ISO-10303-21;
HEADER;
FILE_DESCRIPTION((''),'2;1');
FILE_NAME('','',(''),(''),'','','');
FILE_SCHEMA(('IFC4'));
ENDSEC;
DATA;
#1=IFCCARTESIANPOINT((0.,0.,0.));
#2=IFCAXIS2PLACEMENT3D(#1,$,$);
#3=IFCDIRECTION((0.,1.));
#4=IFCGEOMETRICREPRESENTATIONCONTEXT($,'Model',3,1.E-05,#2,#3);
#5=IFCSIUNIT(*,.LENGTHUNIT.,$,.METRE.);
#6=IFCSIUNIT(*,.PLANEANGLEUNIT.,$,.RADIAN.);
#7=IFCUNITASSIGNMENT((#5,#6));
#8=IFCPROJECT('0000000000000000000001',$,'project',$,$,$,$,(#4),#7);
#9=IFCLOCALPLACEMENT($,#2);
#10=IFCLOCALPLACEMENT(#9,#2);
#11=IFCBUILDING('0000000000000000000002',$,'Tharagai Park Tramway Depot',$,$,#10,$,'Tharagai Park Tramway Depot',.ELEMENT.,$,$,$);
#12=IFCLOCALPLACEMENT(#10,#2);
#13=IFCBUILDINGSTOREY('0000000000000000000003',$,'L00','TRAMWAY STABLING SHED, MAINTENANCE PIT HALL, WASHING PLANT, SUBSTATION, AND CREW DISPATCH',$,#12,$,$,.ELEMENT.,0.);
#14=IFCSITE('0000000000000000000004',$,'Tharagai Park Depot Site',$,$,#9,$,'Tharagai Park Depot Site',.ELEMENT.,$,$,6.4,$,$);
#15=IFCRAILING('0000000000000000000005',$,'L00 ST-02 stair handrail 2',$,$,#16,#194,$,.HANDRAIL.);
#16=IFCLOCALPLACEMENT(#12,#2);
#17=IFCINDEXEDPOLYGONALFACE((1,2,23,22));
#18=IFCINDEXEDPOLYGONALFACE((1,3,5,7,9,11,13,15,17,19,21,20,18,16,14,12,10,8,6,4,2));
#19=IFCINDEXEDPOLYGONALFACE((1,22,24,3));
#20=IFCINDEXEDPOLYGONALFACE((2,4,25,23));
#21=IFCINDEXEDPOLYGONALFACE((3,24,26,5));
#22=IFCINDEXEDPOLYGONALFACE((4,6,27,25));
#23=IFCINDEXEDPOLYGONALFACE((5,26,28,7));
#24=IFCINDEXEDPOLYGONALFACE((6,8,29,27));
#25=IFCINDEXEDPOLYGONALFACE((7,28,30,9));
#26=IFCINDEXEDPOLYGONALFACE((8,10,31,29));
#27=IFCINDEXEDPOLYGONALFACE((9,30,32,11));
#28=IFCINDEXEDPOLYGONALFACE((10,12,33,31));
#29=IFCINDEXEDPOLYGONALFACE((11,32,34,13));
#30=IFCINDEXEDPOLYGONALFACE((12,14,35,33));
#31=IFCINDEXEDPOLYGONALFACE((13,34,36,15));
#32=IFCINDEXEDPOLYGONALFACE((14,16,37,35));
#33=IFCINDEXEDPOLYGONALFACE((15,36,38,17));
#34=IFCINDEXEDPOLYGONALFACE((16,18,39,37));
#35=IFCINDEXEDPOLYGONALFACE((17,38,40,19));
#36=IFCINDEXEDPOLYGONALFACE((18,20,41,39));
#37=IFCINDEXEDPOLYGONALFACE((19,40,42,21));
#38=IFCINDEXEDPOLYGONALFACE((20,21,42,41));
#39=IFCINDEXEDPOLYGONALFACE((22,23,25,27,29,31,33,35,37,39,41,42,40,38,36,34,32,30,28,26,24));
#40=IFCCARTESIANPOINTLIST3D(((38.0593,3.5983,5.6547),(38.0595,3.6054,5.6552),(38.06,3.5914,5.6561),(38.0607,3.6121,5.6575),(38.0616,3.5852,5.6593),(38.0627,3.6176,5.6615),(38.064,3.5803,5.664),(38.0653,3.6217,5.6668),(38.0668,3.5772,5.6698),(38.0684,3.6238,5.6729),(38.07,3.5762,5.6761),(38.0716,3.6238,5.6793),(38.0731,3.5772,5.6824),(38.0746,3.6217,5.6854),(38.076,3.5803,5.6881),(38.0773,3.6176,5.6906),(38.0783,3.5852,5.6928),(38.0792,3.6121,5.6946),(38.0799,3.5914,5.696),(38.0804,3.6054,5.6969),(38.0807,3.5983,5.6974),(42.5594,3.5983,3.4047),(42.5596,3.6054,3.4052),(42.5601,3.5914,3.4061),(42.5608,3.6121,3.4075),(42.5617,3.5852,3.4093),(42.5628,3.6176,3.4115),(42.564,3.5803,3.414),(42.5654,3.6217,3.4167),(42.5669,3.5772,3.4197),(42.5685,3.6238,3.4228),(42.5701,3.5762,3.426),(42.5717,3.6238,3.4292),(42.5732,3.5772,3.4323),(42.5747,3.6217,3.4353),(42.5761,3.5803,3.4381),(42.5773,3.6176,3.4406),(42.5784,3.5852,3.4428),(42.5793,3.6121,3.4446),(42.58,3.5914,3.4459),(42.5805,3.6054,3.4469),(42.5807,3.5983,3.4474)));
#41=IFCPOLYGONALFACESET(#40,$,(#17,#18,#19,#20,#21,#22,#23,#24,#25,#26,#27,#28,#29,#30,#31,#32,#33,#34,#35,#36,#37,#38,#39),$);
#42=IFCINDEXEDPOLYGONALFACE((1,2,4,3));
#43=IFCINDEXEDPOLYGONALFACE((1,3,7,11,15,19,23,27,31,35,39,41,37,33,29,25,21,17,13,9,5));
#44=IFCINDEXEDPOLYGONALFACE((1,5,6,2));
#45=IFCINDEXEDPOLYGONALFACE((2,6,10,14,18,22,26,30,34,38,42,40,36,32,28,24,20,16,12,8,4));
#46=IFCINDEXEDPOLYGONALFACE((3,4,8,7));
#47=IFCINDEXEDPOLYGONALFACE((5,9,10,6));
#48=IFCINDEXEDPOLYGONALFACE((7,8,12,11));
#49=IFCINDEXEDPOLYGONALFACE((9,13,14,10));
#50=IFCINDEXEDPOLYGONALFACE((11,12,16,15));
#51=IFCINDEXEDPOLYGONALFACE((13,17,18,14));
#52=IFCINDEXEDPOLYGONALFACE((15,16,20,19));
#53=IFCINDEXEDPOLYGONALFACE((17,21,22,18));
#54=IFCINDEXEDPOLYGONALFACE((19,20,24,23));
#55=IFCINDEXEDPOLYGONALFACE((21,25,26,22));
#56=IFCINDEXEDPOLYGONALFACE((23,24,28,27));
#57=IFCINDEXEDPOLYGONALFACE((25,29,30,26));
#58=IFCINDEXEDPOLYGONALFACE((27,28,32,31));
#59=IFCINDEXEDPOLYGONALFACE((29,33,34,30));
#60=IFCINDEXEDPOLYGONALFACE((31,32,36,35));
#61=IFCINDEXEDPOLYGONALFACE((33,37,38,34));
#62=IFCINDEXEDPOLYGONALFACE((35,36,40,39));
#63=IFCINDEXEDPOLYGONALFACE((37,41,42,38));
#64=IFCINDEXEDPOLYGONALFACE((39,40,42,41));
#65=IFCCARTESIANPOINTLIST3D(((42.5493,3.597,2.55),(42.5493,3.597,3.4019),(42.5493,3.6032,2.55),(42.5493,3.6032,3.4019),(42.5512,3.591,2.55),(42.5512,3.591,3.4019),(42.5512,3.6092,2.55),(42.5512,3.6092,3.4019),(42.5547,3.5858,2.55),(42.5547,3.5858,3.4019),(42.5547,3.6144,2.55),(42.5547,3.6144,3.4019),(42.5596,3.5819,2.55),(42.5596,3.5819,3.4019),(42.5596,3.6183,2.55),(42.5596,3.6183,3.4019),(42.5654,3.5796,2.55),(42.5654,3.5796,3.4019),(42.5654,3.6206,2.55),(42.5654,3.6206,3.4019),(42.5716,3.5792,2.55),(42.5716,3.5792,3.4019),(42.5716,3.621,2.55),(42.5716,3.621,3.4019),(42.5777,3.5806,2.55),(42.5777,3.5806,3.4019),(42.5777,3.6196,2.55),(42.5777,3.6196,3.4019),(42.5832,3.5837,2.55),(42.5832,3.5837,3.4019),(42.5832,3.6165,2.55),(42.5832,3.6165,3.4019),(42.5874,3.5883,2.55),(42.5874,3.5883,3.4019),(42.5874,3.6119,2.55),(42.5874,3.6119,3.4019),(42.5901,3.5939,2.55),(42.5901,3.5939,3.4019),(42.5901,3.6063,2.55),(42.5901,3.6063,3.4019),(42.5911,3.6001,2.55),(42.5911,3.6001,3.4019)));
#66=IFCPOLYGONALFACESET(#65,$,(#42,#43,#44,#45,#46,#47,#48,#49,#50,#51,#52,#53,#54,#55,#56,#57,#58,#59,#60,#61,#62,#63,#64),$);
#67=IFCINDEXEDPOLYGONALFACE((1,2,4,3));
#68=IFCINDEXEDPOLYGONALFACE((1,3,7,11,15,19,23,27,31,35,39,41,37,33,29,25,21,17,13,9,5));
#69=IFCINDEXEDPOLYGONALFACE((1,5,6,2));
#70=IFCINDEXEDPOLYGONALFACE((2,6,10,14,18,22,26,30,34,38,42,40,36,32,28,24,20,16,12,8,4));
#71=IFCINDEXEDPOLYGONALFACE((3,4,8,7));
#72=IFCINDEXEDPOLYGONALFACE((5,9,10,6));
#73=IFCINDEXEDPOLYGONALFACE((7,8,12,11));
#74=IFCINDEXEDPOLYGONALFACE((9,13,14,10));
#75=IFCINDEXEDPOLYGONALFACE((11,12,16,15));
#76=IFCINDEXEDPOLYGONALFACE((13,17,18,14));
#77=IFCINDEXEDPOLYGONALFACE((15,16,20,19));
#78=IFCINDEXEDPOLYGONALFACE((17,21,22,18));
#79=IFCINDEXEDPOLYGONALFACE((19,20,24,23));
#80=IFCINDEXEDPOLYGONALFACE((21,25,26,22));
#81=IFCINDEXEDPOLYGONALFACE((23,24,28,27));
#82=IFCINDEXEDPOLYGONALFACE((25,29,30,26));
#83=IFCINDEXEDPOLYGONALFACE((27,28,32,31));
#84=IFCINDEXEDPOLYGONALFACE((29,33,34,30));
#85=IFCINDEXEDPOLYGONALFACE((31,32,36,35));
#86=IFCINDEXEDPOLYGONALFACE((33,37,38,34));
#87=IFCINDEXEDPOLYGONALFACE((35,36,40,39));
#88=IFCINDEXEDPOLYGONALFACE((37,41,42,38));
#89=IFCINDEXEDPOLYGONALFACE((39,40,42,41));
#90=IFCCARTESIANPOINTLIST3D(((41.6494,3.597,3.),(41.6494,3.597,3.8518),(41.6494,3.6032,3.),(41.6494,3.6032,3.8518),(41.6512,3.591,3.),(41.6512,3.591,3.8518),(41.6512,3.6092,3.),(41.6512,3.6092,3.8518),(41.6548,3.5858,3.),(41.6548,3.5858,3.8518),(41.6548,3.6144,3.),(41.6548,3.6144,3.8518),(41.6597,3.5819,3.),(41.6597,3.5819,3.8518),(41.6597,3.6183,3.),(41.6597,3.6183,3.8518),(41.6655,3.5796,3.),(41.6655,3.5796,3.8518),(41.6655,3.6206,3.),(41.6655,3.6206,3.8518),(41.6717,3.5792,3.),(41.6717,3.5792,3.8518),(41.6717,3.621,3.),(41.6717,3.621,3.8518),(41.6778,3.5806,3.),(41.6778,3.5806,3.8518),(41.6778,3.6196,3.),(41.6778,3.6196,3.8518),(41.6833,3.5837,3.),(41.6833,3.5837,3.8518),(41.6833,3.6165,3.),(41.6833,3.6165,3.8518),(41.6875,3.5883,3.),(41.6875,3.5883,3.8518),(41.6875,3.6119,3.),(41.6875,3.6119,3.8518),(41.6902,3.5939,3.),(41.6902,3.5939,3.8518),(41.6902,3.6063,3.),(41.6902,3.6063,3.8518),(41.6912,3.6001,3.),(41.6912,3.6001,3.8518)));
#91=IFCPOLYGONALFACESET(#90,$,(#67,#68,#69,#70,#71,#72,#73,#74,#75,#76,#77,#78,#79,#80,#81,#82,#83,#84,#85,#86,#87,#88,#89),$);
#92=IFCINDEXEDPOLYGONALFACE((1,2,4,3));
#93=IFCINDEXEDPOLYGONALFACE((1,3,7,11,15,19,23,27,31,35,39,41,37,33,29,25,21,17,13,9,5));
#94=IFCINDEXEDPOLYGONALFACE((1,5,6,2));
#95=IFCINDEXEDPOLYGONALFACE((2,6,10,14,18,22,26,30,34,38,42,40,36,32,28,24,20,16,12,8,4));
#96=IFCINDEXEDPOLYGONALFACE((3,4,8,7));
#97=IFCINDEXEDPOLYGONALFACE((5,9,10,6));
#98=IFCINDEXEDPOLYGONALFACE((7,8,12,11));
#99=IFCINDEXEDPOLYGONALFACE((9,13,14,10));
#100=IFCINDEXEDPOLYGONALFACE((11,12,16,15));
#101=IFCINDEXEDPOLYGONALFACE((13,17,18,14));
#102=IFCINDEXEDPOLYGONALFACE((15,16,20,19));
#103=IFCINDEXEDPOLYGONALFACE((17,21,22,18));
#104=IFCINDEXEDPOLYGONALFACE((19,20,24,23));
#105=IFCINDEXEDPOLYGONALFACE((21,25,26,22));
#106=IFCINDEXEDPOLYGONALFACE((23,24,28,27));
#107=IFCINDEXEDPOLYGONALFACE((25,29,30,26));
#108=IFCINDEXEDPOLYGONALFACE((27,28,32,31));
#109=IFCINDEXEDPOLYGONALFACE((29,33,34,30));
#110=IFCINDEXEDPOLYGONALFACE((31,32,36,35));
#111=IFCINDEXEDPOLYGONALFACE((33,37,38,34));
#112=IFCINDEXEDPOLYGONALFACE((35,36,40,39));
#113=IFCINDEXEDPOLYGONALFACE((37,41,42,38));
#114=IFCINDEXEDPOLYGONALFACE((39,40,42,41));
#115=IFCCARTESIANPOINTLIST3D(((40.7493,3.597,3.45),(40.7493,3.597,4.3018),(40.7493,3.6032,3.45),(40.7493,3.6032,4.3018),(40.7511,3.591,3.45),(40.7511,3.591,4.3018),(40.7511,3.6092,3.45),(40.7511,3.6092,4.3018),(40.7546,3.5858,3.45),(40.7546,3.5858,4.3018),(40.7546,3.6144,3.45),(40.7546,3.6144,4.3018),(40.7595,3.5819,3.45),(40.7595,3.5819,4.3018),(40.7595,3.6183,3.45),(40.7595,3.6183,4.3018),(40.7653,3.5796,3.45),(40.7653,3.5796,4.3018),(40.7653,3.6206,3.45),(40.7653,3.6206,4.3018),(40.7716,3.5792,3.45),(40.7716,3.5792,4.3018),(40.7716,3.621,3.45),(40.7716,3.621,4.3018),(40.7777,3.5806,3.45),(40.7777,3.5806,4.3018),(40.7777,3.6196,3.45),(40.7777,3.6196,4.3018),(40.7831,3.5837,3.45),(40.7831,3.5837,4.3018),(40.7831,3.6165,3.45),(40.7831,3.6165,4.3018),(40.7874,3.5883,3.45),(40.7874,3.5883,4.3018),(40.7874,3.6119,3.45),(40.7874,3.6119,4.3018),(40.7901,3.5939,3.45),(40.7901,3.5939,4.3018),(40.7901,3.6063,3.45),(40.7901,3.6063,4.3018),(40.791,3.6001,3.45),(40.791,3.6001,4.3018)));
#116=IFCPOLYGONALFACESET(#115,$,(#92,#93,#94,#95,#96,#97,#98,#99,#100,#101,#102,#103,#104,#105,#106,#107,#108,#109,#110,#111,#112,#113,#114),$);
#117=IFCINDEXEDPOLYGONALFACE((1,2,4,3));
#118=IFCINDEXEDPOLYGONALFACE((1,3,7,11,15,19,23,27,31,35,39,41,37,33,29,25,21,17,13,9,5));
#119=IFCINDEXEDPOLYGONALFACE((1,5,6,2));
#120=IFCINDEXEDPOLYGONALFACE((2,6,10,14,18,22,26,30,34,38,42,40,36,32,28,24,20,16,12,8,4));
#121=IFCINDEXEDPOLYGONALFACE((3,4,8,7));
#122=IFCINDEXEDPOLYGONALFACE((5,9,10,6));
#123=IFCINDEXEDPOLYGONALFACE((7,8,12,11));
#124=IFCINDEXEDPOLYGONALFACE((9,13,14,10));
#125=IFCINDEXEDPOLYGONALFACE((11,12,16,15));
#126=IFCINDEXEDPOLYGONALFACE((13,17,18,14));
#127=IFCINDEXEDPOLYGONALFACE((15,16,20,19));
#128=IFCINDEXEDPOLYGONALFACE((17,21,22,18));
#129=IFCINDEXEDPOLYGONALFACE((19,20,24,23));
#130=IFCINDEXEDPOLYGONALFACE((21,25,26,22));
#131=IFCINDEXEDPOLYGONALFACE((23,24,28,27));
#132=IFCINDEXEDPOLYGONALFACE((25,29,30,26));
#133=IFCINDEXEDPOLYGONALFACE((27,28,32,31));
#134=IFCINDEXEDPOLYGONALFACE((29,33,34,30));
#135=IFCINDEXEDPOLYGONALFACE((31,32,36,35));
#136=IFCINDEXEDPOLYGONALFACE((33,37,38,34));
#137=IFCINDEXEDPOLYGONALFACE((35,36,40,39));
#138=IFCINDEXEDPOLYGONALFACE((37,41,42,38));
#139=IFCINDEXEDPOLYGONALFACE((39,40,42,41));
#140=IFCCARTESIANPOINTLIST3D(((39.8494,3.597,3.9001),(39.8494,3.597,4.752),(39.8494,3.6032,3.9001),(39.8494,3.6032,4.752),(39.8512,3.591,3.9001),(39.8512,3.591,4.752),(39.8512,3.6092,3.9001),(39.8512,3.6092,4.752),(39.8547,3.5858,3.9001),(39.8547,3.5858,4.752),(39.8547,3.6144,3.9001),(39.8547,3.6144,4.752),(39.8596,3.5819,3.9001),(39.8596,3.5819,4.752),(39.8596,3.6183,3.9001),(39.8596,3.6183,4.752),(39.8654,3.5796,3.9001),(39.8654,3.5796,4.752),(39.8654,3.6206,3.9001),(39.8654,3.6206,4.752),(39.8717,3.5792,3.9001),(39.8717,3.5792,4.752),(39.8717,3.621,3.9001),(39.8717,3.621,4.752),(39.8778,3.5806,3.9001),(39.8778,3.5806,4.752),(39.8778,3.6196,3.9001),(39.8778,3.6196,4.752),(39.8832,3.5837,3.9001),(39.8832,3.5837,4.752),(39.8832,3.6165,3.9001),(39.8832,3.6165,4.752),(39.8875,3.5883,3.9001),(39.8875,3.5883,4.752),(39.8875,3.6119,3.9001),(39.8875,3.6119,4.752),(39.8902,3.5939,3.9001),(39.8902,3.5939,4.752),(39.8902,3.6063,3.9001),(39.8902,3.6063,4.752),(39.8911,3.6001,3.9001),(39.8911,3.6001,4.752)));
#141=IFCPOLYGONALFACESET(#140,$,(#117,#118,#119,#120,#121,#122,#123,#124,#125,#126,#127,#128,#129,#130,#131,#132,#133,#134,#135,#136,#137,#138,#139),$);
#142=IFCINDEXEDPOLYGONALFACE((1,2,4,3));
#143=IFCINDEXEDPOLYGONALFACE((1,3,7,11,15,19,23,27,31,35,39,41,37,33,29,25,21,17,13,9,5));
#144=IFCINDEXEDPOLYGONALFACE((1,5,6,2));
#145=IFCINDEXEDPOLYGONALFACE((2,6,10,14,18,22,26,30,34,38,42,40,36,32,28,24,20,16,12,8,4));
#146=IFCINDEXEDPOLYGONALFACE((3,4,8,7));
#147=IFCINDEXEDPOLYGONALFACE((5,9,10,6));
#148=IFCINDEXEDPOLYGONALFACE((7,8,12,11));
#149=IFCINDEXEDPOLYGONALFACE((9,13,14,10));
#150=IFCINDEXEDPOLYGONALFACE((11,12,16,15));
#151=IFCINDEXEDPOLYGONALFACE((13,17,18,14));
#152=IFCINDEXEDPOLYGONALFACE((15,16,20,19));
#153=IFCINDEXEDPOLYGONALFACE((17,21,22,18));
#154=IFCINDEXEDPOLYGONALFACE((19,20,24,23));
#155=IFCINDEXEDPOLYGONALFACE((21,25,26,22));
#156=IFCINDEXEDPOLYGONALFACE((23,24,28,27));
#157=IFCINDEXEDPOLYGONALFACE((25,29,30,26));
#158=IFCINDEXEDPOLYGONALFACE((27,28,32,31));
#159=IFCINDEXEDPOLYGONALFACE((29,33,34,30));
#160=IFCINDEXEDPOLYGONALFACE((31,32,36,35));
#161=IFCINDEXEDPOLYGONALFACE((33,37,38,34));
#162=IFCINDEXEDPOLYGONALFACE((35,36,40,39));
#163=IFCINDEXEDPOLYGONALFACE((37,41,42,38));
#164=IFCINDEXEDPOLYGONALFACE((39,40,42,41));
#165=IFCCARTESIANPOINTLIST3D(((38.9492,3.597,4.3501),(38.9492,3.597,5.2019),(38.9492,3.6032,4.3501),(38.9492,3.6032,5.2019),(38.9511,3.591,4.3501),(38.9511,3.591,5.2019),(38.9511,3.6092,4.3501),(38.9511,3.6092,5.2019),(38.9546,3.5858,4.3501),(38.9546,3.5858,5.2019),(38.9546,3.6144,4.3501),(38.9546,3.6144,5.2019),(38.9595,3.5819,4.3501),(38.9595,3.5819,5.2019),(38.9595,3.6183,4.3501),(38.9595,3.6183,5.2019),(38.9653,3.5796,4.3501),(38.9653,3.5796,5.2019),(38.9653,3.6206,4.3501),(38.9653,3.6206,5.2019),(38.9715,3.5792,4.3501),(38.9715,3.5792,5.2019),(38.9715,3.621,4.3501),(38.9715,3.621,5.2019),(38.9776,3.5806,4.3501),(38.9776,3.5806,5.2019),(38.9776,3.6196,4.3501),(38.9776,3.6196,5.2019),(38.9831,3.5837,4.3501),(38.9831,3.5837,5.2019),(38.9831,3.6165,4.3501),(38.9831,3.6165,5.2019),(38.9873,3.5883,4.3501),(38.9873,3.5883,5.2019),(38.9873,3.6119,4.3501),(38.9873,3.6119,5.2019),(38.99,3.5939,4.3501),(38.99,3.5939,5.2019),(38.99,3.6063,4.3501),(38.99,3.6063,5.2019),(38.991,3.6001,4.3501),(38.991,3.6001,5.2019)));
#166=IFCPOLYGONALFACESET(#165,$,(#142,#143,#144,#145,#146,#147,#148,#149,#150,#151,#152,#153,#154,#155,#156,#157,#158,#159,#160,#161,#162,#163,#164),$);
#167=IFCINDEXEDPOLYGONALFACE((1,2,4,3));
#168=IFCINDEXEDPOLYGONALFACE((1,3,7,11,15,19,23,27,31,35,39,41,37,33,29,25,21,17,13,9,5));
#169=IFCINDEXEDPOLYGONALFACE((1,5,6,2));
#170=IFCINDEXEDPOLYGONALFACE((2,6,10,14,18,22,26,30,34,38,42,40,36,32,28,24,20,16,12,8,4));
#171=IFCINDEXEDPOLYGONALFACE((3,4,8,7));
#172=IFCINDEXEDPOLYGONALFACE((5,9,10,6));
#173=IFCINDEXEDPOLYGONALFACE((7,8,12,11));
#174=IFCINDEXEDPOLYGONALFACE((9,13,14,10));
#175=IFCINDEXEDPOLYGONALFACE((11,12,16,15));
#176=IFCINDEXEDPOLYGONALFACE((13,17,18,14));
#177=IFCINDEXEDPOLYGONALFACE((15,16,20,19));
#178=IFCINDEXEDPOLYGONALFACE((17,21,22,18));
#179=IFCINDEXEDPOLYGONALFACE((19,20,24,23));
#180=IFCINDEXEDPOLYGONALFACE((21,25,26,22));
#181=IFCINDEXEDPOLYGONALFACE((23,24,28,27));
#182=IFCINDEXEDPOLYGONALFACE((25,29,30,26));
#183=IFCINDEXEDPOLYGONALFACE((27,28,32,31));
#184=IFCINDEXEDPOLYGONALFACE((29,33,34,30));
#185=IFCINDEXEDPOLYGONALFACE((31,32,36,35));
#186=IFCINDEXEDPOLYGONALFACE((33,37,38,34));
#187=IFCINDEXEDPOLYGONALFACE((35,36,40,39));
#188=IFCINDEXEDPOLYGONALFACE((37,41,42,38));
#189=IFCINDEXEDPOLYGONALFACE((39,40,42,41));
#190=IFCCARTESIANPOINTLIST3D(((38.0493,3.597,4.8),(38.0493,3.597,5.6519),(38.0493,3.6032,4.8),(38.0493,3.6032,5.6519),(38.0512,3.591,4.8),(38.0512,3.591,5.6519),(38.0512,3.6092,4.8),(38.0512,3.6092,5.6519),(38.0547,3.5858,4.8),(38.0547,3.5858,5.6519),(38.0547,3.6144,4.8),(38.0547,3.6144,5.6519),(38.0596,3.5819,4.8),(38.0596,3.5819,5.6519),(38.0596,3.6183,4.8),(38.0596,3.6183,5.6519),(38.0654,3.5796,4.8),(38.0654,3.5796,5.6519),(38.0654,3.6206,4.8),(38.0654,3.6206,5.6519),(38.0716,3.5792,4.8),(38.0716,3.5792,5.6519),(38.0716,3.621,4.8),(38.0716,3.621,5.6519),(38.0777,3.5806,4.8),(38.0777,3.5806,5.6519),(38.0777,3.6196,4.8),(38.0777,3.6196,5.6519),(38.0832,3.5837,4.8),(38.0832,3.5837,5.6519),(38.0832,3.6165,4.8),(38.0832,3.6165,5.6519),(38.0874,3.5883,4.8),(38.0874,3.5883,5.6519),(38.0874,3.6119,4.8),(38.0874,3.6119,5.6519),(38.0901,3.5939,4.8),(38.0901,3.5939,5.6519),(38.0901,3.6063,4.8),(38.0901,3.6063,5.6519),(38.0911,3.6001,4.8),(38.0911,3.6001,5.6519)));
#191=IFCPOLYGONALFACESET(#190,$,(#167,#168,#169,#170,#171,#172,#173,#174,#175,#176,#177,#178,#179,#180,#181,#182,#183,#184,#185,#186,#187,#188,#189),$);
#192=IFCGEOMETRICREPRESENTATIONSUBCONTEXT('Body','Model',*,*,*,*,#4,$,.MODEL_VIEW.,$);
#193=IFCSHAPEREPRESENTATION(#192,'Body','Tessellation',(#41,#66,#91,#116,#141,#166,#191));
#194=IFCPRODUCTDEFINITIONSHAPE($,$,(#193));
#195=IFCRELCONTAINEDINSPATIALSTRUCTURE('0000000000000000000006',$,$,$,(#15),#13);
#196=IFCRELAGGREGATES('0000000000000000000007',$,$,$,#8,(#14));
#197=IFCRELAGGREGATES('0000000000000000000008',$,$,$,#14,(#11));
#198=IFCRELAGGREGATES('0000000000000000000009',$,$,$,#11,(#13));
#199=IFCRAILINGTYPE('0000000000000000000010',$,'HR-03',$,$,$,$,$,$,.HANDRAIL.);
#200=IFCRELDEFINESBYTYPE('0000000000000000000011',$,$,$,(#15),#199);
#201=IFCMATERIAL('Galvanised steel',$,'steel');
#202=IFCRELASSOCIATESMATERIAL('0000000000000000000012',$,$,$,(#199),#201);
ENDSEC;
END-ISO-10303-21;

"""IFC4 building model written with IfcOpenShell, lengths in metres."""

from ifc_helpers import new_model, si_unit, direction, frame, origin, origin_2d, place, context, subcontext, project, spatial, circle, extrude, material, type_object, element, save


model = new_model("IFC4")

# Units and contexts
model_context = context("Model", 3, precision=1e-05, world=origin(), true_north=direction((0.0, 1.0)))
body_context = subcontext(model_context, "Body", "Model", "MODEL_VIEW")
ifc_project = project(units=[si_unit("LENGTHUNIT", "METRE"), si_unit("PLANEANGLEUNIT", "RADIAN")], contexts=[model_context])

# Site, building, storey
site_placement = place(None, origin())
site = spatial("IfcSite", under=ifc_project, at=site_placement, Name="Tharagai Park Depot Site", LongName="Tharagai Park Depot Site", CompositionType="ELEMENT", RefElevation=6.4)
building_placement = place(site_placement, origin())
building = spatial("IfcBuilding", under=site, at=building_placement, Name="Tharagai Park Tramway Depot", LongName="Tharagai Park Tramway Depot", CompositionType="ELEMENT")
storey_placement = place(building_placement, origin())
storey = spatial("IfcBuildingStorey", under=building, at=storey_placement, Name="L00", Description="TRAMWAY STABLING SHED, MAINTENANCE PIT HALL, WASHING PLANT, SUBSTATION, AND CREW DISPATCH", CompositionType="ELEMENT", Elevation=0.0)

# Railing
ifc_material_1 = material(Name="Galvanised steel", Category="steel")
railing_type_1 = type_object("IfcRailingType", Name="HR-03", PredefinedType="HANDRAIL", material=ifc_material_1)
railing_1_placement = place(storey_placement, frame((42.5701, 3.6001, 2.55)))
element("IfcRailing", 1, at=railing_1_placement, inside=storey, type_object=railing_type_1, Name="L00 ST-02 stair handrail 2", PredefinedType="HANDRAIL", context=body_context, shape_type="SweptSolid", body=[
    extrude(circle(Radius=0.0239, at=origin_2d()), frame((0.0, 0.0, 0.876), z_axis=(-0.894427, 0.0, 0.447214), x_axis=(0.0, -1.0, 0.0)), (0.0, 0.0, 1.0), 5.0312),
    extrude(circle(Radius=0.021, at=origin_2d()), origin(), (0.0, 0.0, 1.0), 0.8518),
    extrude(circle(Radius=0.021, at=origin_2d()), frame((-0.8999, 0.0, 0.45)), (0.0, 0.0, 1.0), 0.8518),
    extrude(circle(Radius=0.021, at=origin_2d()), frame((-1.8, 0.0, 0.8999)), (0.0, 0.0, 1.0), 0.8518),
    extrude(circle(Radius=0.021, at=origin_2d()), frame((-2.7, 0.0, 1.3501)), (0.0, 0.0, 1.0), 0.8518),
    extrude(circle(Radius=0.021, at=origin_2d()), frame((-3.6001, 0.0, 1.8)), (0.0, 0.0, 1.0), 0.8518),
    extrude(circle(Radius=0.021, at=origin_2d()), frame((-4.5, 0.0, 2.25)), (0.0, 0.0, 1.0), 0.8518),
])

save(model, "model.ifc")
